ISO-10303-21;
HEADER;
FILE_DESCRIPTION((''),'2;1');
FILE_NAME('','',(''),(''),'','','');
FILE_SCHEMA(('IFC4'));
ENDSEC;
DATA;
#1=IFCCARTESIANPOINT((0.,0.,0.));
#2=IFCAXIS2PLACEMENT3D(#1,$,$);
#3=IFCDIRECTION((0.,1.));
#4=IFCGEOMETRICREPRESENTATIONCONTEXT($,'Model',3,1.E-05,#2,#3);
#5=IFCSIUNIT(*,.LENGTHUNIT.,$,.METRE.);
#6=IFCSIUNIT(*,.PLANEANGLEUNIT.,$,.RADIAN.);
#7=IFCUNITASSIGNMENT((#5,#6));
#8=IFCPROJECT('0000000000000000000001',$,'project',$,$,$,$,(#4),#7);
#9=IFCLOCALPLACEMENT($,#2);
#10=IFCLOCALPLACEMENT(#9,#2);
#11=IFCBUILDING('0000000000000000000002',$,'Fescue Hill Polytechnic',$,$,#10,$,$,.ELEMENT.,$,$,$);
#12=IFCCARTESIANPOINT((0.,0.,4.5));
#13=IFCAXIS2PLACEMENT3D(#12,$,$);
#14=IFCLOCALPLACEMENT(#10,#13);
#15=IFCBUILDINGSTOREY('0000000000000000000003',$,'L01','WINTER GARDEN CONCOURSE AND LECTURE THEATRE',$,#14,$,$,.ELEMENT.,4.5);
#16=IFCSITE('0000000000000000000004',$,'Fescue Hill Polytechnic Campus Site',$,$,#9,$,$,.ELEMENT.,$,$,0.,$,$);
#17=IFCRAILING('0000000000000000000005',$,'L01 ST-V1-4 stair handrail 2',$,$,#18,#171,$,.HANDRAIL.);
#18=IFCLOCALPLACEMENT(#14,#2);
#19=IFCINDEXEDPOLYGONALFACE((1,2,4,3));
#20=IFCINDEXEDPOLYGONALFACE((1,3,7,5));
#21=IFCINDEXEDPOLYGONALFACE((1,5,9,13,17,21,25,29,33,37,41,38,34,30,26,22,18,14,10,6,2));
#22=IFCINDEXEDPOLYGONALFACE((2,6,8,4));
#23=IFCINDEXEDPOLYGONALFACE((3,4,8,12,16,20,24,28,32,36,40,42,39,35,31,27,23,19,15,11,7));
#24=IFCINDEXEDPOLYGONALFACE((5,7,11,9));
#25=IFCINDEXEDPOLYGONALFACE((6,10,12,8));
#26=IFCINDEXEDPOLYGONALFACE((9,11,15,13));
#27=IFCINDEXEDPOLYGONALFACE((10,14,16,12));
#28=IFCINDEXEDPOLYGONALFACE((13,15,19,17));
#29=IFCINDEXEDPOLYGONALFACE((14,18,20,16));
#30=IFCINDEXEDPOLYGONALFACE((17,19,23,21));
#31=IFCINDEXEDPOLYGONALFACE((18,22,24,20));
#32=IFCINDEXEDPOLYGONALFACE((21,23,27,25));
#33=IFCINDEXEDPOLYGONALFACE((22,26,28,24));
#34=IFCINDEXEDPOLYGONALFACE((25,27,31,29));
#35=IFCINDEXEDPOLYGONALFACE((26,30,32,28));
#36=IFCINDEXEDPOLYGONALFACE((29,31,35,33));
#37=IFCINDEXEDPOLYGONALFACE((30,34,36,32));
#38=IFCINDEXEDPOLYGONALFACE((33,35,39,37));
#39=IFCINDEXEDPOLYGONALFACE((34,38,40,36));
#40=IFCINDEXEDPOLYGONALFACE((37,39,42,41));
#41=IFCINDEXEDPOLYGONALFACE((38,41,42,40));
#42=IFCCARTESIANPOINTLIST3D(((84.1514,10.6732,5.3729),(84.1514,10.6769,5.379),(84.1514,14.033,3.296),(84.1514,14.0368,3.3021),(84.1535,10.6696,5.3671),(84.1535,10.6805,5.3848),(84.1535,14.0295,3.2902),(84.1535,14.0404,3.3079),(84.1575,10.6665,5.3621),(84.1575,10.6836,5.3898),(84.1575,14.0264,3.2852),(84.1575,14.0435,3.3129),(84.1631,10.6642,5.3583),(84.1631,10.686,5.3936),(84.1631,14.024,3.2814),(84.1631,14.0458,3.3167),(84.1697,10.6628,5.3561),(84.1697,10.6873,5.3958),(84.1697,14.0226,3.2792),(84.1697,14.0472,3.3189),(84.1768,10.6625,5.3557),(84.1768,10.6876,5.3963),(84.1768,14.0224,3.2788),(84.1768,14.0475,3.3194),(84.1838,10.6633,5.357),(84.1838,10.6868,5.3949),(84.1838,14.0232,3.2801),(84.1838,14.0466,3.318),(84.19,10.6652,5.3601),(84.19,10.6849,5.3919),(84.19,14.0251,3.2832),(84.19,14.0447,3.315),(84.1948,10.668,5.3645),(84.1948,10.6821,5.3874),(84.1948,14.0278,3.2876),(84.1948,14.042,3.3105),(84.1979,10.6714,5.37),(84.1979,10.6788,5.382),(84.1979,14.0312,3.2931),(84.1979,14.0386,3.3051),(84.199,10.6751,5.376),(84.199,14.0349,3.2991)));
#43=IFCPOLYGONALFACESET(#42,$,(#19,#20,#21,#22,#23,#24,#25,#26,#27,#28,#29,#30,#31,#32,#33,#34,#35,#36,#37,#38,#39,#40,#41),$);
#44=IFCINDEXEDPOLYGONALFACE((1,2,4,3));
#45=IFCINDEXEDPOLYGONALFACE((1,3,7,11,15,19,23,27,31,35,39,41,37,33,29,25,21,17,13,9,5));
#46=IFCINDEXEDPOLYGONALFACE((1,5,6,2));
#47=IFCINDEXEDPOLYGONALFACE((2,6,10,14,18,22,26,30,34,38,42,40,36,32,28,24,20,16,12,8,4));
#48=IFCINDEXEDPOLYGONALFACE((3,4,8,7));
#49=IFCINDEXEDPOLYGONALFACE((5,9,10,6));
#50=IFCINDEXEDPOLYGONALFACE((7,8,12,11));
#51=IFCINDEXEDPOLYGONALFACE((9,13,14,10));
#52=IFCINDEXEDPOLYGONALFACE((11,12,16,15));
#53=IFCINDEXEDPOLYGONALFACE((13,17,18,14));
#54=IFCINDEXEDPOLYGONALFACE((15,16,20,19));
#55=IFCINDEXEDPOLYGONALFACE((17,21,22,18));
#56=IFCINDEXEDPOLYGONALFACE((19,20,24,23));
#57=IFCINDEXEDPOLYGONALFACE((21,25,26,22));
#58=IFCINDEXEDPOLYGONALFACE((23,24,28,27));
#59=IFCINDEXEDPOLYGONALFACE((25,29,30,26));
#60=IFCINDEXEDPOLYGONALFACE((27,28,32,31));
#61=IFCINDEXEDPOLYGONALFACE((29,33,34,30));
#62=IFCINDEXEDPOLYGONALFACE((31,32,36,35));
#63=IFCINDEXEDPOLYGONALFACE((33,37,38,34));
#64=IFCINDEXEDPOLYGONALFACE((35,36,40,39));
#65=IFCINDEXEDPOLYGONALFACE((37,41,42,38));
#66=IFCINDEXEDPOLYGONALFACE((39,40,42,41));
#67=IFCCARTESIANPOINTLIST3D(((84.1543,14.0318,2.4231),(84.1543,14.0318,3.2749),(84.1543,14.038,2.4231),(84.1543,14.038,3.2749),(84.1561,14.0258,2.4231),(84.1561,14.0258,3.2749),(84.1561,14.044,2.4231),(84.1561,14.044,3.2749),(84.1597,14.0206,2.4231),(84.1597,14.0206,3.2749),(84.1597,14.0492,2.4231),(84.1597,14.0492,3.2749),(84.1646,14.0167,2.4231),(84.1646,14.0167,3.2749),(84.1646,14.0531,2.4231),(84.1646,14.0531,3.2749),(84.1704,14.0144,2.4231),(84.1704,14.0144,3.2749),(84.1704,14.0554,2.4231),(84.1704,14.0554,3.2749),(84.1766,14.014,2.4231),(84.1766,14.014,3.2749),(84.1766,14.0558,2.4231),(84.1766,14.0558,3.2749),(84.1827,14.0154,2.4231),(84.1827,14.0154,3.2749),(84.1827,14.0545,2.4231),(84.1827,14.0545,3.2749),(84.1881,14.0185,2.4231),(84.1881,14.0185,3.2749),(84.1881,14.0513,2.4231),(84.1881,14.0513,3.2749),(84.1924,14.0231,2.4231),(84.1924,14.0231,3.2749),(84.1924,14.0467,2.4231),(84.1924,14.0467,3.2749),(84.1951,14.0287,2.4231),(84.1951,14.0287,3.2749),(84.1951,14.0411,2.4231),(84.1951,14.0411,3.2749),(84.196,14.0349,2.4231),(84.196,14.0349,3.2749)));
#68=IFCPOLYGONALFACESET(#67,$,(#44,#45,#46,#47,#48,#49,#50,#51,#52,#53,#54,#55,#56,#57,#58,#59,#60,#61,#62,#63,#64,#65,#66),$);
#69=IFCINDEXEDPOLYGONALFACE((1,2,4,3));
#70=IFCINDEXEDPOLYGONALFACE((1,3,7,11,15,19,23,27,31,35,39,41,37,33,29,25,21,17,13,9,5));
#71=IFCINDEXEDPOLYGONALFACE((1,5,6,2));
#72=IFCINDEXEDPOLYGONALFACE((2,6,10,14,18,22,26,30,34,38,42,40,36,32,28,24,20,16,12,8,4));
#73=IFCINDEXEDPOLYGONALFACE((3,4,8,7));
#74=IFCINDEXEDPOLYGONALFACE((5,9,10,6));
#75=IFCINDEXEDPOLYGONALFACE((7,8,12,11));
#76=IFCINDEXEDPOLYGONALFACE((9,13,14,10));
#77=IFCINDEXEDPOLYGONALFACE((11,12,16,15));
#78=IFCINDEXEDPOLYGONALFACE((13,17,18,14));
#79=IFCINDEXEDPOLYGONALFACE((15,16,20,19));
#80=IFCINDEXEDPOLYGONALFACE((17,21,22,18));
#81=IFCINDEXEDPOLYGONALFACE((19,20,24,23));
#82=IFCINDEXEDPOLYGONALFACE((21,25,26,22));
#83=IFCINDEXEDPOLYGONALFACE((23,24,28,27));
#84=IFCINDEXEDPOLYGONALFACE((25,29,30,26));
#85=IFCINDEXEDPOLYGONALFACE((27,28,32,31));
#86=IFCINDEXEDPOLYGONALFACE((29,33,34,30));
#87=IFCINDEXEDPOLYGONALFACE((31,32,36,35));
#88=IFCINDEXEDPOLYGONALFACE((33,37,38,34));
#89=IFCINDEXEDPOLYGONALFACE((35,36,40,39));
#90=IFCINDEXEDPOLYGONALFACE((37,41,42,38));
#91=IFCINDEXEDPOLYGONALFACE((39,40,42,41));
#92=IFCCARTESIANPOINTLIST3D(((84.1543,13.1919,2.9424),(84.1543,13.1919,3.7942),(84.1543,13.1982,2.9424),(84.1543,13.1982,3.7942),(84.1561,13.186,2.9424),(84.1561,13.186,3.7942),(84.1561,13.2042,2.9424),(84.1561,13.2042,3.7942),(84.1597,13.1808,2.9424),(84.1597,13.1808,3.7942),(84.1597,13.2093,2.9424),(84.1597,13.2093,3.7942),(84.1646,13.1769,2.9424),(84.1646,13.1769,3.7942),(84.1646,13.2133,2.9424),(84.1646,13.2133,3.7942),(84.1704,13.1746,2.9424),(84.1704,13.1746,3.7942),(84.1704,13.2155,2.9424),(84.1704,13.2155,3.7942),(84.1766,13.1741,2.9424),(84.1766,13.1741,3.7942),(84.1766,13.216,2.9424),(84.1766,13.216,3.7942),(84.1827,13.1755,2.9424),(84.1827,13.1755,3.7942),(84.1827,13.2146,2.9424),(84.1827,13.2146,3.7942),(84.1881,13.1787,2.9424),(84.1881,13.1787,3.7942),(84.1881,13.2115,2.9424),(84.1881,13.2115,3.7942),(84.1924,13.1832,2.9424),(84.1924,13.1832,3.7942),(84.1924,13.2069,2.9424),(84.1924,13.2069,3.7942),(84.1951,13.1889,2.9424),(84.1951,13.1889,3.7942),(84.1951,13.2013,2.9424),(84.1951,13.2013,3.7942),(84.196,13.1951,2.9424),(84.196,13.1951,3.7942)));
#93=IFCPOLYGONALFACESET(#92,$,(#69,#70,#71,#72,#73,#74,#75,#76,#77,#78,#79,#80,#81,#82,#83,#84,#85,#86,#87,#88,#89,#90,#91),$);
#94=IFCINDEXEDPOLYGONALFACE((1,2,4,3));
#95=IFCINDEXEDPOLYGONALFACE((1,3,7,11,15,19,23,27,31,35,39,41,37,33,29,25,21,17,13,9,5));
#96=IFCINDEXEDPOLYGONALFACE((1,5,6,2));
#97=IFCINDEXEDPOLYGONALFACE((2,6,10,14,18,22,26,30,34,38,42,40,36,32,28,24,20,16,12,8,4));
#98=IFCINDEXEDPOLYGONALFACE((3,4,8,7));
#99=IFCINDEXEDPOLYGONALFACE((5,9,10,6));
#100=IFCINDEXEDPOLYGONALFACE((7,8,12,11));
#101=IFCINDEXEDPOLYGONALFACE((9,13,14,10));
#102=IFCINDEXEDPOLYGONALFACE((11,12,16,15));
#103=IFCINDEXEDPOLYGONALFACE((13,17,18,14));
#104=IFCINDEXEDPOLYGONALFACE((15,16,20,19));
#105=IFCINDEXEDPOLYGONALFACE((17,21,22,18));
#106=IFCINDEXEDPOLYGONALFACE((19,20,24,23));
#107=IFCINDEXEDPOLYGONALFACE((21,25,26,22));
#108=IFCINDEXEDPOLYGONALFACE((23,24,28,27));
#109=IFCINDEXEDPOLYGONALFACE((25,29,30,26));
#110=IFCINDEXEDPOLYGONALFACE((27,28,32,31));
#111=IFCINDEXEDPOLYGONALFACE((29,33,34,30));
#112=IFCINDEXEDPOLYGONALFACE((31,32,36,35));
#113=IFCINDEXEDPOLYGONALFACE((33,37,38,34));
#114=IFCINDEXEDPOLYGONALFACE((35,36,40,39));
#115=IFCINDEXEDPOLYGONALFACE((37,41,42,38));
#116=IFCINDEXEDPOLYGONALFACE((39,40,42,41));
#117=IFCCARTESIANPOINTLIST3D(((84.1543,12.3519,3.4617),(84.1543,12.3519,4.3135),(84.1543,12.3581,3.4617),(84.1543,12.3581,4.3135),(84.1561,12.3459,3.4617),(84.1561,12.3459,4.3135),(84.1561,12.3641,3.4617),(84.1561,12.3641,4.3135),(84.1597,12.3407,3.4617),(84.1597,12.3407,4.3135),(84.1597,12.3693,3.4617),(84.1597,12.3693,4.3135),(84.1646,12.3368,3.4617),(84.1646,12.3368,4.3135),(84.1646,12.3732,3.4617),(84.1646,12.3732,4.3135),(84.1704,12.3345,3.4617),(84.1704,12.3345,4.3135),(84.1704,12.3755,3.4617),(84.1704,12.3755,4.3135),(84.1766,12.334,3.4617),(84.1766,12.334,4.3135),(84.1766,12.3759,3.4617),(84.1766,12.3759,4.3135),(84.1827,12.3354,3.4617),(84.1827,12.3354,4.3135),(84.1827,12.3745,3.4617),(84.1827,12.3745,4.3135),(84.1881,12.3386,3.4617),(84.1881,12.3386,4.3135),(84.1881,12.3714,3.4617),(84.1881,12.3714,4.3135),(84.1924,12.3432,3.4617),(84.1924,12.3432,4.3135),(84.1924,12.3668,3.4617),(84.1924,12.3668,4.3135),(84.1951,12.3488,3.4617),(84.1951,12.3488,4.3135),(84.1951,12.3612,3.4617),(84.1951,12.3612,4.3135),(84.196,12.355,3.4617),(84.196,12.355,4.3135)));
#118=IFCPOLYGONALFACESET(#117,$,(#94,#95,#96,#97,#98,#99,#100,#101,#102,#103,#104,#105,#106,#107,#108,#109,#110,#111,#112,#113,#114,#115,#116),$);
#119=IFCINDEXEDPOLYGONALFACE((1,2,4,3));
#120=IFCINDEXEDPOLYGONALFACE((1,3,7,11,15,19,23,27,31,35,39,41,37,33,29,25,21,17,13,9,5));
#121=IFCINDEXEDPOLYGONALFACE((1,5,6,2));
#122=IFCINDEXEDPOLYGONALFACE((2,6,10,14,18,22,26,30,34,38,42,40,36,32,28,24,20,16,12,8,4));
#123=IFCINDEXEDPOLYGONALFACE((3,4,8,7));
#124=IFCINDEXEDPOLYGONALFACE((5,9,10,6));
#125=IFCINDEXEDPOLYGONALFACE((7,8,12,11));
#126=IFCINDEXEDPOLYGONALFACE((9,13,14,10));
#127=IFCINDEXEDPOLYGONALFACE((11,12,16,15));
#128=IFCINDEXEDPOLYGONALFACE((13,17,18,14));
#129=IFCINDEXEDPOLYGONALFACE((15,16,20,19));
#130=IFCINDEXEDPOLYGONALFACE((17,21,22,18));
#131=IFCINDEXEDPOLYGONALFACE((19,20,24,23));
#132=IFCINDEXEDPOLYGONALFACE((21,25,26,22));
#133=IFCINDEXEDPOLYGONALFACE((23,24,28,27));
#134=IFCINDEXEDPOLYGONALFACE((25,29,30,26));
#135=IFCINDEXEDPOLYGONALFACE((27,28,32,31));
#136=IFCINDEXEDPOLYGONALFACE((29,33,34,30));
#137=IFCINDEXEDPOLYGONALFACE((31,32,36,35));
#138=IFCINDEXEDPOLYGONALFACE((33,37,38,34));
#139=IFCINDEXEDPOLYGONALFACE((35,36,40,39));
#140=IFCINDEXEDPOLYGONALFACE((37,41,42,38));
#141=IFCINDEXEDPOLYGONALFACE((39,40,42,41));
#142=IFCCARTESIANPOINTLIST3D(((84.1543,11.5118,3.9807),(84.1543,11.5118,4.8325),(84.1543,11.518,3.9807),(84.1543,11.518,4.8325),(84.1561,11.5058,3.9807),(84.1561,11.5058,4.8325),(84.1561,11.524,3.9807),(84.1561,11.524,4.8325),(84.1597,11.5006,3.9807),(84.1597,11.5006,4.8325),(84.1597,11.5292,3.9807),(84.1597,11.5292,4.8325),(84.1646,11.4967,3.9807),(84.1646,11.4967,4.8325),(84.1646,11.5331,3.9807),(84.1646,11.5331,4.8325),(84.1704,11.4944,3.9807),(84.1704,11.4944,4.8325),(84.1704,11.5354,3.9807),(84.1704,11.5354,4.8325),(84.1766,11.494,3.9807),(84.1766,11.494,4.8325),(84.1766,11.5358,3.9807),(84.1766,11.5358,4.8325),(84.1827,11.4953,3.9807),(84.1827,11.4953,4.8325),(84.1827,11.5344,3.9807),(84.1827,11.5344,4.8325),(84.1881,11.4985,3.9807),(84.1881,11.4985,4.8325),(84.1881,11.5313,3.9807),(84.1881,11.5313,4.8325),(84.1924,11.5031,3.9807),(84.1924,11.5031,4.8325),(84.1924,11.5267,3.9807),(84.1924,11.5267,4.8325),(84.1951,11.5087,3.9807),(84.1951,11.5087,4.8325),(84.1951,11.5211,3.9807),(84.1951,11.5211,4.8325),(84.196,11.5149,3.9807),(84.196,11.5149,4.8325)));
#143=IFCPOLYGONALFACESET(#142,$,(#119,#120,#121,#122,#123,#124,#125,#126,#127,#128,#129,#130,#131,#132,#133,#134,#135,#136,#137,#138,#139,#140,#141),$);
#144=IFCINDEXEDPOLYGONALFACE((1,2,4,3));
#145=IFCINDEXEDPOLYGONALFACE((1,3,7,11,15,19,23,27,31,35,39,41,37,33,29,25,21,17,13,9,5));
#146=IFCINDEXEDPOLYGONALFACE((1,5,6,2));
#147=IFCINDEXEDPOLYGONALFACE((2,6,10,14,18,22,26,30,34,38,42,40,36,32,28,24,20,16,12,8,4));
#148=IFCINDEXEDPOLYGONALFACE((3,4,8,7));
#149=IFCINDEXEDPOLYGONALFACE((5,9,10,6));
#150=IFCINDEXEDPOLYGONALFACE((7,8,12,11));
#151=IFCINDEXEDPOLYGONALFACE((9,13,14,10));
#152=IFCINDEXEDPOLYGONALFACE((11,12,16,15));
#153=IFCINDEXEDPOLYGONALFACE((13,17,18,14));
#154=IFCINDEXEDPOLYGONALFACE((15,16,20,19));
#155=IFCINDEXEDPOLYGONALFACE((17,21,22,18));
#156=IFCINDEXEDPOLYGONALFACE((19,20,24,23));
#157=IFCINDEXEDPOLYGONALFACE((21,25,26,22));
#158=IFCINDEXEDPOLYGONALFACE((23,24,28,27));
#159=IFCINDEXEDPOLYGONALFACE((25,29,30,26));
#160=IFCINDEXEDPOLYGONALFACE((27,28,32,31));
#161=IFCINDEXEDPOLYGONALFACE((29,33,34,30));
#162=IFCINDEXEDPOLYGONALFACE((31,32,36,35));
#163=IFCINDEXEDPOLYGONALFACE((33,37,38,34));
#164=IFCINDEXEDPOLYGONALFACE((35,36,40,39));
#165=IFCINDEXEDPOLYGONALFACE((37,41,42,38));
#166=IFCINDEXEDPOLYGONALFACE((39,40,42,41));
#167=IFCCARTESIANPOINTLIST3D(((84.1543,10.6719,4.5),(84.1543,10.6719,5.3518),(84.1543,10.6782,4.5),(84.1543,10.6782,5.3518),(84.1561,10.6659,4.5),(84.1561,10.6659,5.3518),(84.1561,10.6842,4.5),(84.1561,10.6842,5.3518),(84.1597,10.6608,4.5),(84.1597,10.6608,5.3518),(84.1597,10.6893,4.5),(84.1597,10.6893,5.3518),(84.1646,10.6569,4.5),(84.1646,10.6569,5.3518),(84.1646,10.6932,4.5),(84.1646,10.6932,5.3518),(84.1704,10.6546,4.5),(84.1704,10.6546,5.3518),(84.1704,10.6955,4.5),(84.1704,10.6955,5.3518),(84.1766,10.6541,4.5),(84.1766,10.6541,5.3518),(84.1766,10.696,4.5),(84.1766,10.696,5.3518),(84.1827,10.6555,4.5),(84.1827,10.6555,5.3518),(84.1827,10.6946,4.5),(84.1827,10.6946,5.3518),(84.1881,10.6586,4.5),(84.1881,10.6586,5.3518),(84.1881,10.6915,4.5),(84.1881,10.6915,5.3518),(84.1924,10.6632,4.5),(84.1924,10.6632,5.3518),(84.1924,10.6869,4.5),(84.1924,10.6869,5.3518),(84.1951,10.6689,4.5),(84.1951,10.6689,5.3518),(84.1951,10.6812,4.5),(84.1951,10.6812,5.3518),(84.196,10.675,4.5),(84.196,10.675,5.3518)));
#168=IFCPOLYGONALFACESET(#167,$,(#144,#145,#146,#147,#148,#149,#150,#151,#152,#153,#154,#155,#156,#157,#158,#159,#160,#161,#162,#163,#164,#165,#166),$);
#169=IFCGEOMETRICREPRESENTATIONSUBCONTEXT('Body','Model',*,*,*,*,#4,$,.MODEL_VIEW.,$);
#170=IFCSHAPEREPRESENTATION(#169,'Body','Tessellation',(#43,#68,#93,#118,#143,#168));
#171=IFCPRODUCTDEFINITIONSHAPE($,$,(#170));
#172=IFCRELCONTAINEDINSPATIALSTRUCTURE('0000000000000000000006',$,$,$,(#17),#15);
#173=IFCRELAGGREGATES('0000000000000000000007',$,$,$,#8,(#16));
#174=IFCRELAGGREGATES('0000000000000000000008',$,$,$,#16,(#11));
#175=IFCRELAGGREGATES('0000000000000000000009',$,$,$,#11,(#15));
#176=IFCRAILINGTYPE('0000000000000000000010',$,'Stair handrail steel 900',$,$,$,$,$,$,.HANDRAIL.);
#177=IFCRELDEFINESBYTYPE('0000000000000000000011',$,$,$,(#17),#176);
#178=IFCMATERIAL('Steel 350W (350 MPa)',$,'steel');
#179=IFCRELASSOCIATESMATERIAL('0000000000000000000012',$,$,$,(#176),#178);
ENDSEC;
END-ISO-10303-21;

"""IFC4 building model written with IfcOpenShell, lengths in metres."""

from ifc_helpers import new_model, si_unit, direction, frame, origin, origin_2d, place, context, subcontext, project, spatial, circle, extrude, material, type_object, element, save


model = new_model("IFC4")

# Units and contexts
model_context = context("Model", 3, precision=1e-05, world=origin(), true_north=direction((0.0, 1.0)))
body_context = subcontext(model_context, "Body", "Model", "MODEL_VIEW")
ifc_project = project(units=[si_unit("LENGTHUNIT", "METRE"), si_unit("PLANEANGLEUNIT", "RADIAN")], contexts=[model_context])

# Site, building, storey
site_placement = place(None, origin())
site = spatial("IfcSite", under=ifc_project, at=site_placement, Name="Fescue Hill Polytechnic Campus Site", CompositionType="ELEMENT", RefElevation=0.0)
building_placement = place(site_placement, origin())
building = spatial("IfcBuilding", under=site, at=building_placement, Name="Fescue Hill Polytechnic", CompositionType="ELEMENT")
storey_placement = place(building_placement, frame((0.0, 0.0, 4.5)))
storey = spatial("IfcBuildingStorey", under=building, at=storey_placement, Name="L01", Description="WINTER GARDEN CONCOURSE AND LECTURE THEATRE", CompositionType="ELEMENT", Elevation=4.5)

# Railing
ifc_material_1 = material(Name="Steel 350W (350 MPa)", Category="steel")
railing_type_1 = type_object("IfcRailingType", Name="Stair handrail steel 900", PredefinedType="HANDRAIL", material=ifc_material_1)
for number, where, name in (
    (1, (84.175, 14.0349, 2.4231), "L01 ST-V1-4 stair handrail 2"),
):
    element("IfcRailing", number, at=place(storey_placement, frame(where)), inside=storey, type_object=railing_type_1, Name=name, PredefinedType="HANDRAIL", context=body_context, shape_type="SweptSolid", body=[
        extrude(circle(Radius=0.0239, at=origin_2d()), frame((0.0, 0.0, 0.876), z_axis=(0.0, -0.850606, 0.525803), x_axis=(1.0, 0.0, 0.0)), (0.0, 0.0, 1.0), 3.95),
        extrude(circle(Radius=0.021, at=origin_2d()), origin(), (0.0, 0.0, 1.0), 0.8518),
        extrude(circle(Radius=0.021, at=origin_2d()), frame((0.0, -0.8398, 0.5193)), (0.0, 0.0, 1.0), 0.8518),
        extrude(circle(Radius=0.021, at=origin_2d()), frame((0.0, -1.6799, 1.0386)), (0.0, 0.0, 1.0), 0.8518),
        extrude(circle(Radius=0.021, at=origin_2d()), frame((0.0, -2.52, 1.5576)), (0.0, 0.0, 1.0), 0.8518),
        extrude(circle(Radius=0.021, at=origin_2d()), frame((0.0, -3.3599, 2.0769)), (0.0, 0.0, 1.0), 0.8518),
    ])

save(model, "model.ifc")
